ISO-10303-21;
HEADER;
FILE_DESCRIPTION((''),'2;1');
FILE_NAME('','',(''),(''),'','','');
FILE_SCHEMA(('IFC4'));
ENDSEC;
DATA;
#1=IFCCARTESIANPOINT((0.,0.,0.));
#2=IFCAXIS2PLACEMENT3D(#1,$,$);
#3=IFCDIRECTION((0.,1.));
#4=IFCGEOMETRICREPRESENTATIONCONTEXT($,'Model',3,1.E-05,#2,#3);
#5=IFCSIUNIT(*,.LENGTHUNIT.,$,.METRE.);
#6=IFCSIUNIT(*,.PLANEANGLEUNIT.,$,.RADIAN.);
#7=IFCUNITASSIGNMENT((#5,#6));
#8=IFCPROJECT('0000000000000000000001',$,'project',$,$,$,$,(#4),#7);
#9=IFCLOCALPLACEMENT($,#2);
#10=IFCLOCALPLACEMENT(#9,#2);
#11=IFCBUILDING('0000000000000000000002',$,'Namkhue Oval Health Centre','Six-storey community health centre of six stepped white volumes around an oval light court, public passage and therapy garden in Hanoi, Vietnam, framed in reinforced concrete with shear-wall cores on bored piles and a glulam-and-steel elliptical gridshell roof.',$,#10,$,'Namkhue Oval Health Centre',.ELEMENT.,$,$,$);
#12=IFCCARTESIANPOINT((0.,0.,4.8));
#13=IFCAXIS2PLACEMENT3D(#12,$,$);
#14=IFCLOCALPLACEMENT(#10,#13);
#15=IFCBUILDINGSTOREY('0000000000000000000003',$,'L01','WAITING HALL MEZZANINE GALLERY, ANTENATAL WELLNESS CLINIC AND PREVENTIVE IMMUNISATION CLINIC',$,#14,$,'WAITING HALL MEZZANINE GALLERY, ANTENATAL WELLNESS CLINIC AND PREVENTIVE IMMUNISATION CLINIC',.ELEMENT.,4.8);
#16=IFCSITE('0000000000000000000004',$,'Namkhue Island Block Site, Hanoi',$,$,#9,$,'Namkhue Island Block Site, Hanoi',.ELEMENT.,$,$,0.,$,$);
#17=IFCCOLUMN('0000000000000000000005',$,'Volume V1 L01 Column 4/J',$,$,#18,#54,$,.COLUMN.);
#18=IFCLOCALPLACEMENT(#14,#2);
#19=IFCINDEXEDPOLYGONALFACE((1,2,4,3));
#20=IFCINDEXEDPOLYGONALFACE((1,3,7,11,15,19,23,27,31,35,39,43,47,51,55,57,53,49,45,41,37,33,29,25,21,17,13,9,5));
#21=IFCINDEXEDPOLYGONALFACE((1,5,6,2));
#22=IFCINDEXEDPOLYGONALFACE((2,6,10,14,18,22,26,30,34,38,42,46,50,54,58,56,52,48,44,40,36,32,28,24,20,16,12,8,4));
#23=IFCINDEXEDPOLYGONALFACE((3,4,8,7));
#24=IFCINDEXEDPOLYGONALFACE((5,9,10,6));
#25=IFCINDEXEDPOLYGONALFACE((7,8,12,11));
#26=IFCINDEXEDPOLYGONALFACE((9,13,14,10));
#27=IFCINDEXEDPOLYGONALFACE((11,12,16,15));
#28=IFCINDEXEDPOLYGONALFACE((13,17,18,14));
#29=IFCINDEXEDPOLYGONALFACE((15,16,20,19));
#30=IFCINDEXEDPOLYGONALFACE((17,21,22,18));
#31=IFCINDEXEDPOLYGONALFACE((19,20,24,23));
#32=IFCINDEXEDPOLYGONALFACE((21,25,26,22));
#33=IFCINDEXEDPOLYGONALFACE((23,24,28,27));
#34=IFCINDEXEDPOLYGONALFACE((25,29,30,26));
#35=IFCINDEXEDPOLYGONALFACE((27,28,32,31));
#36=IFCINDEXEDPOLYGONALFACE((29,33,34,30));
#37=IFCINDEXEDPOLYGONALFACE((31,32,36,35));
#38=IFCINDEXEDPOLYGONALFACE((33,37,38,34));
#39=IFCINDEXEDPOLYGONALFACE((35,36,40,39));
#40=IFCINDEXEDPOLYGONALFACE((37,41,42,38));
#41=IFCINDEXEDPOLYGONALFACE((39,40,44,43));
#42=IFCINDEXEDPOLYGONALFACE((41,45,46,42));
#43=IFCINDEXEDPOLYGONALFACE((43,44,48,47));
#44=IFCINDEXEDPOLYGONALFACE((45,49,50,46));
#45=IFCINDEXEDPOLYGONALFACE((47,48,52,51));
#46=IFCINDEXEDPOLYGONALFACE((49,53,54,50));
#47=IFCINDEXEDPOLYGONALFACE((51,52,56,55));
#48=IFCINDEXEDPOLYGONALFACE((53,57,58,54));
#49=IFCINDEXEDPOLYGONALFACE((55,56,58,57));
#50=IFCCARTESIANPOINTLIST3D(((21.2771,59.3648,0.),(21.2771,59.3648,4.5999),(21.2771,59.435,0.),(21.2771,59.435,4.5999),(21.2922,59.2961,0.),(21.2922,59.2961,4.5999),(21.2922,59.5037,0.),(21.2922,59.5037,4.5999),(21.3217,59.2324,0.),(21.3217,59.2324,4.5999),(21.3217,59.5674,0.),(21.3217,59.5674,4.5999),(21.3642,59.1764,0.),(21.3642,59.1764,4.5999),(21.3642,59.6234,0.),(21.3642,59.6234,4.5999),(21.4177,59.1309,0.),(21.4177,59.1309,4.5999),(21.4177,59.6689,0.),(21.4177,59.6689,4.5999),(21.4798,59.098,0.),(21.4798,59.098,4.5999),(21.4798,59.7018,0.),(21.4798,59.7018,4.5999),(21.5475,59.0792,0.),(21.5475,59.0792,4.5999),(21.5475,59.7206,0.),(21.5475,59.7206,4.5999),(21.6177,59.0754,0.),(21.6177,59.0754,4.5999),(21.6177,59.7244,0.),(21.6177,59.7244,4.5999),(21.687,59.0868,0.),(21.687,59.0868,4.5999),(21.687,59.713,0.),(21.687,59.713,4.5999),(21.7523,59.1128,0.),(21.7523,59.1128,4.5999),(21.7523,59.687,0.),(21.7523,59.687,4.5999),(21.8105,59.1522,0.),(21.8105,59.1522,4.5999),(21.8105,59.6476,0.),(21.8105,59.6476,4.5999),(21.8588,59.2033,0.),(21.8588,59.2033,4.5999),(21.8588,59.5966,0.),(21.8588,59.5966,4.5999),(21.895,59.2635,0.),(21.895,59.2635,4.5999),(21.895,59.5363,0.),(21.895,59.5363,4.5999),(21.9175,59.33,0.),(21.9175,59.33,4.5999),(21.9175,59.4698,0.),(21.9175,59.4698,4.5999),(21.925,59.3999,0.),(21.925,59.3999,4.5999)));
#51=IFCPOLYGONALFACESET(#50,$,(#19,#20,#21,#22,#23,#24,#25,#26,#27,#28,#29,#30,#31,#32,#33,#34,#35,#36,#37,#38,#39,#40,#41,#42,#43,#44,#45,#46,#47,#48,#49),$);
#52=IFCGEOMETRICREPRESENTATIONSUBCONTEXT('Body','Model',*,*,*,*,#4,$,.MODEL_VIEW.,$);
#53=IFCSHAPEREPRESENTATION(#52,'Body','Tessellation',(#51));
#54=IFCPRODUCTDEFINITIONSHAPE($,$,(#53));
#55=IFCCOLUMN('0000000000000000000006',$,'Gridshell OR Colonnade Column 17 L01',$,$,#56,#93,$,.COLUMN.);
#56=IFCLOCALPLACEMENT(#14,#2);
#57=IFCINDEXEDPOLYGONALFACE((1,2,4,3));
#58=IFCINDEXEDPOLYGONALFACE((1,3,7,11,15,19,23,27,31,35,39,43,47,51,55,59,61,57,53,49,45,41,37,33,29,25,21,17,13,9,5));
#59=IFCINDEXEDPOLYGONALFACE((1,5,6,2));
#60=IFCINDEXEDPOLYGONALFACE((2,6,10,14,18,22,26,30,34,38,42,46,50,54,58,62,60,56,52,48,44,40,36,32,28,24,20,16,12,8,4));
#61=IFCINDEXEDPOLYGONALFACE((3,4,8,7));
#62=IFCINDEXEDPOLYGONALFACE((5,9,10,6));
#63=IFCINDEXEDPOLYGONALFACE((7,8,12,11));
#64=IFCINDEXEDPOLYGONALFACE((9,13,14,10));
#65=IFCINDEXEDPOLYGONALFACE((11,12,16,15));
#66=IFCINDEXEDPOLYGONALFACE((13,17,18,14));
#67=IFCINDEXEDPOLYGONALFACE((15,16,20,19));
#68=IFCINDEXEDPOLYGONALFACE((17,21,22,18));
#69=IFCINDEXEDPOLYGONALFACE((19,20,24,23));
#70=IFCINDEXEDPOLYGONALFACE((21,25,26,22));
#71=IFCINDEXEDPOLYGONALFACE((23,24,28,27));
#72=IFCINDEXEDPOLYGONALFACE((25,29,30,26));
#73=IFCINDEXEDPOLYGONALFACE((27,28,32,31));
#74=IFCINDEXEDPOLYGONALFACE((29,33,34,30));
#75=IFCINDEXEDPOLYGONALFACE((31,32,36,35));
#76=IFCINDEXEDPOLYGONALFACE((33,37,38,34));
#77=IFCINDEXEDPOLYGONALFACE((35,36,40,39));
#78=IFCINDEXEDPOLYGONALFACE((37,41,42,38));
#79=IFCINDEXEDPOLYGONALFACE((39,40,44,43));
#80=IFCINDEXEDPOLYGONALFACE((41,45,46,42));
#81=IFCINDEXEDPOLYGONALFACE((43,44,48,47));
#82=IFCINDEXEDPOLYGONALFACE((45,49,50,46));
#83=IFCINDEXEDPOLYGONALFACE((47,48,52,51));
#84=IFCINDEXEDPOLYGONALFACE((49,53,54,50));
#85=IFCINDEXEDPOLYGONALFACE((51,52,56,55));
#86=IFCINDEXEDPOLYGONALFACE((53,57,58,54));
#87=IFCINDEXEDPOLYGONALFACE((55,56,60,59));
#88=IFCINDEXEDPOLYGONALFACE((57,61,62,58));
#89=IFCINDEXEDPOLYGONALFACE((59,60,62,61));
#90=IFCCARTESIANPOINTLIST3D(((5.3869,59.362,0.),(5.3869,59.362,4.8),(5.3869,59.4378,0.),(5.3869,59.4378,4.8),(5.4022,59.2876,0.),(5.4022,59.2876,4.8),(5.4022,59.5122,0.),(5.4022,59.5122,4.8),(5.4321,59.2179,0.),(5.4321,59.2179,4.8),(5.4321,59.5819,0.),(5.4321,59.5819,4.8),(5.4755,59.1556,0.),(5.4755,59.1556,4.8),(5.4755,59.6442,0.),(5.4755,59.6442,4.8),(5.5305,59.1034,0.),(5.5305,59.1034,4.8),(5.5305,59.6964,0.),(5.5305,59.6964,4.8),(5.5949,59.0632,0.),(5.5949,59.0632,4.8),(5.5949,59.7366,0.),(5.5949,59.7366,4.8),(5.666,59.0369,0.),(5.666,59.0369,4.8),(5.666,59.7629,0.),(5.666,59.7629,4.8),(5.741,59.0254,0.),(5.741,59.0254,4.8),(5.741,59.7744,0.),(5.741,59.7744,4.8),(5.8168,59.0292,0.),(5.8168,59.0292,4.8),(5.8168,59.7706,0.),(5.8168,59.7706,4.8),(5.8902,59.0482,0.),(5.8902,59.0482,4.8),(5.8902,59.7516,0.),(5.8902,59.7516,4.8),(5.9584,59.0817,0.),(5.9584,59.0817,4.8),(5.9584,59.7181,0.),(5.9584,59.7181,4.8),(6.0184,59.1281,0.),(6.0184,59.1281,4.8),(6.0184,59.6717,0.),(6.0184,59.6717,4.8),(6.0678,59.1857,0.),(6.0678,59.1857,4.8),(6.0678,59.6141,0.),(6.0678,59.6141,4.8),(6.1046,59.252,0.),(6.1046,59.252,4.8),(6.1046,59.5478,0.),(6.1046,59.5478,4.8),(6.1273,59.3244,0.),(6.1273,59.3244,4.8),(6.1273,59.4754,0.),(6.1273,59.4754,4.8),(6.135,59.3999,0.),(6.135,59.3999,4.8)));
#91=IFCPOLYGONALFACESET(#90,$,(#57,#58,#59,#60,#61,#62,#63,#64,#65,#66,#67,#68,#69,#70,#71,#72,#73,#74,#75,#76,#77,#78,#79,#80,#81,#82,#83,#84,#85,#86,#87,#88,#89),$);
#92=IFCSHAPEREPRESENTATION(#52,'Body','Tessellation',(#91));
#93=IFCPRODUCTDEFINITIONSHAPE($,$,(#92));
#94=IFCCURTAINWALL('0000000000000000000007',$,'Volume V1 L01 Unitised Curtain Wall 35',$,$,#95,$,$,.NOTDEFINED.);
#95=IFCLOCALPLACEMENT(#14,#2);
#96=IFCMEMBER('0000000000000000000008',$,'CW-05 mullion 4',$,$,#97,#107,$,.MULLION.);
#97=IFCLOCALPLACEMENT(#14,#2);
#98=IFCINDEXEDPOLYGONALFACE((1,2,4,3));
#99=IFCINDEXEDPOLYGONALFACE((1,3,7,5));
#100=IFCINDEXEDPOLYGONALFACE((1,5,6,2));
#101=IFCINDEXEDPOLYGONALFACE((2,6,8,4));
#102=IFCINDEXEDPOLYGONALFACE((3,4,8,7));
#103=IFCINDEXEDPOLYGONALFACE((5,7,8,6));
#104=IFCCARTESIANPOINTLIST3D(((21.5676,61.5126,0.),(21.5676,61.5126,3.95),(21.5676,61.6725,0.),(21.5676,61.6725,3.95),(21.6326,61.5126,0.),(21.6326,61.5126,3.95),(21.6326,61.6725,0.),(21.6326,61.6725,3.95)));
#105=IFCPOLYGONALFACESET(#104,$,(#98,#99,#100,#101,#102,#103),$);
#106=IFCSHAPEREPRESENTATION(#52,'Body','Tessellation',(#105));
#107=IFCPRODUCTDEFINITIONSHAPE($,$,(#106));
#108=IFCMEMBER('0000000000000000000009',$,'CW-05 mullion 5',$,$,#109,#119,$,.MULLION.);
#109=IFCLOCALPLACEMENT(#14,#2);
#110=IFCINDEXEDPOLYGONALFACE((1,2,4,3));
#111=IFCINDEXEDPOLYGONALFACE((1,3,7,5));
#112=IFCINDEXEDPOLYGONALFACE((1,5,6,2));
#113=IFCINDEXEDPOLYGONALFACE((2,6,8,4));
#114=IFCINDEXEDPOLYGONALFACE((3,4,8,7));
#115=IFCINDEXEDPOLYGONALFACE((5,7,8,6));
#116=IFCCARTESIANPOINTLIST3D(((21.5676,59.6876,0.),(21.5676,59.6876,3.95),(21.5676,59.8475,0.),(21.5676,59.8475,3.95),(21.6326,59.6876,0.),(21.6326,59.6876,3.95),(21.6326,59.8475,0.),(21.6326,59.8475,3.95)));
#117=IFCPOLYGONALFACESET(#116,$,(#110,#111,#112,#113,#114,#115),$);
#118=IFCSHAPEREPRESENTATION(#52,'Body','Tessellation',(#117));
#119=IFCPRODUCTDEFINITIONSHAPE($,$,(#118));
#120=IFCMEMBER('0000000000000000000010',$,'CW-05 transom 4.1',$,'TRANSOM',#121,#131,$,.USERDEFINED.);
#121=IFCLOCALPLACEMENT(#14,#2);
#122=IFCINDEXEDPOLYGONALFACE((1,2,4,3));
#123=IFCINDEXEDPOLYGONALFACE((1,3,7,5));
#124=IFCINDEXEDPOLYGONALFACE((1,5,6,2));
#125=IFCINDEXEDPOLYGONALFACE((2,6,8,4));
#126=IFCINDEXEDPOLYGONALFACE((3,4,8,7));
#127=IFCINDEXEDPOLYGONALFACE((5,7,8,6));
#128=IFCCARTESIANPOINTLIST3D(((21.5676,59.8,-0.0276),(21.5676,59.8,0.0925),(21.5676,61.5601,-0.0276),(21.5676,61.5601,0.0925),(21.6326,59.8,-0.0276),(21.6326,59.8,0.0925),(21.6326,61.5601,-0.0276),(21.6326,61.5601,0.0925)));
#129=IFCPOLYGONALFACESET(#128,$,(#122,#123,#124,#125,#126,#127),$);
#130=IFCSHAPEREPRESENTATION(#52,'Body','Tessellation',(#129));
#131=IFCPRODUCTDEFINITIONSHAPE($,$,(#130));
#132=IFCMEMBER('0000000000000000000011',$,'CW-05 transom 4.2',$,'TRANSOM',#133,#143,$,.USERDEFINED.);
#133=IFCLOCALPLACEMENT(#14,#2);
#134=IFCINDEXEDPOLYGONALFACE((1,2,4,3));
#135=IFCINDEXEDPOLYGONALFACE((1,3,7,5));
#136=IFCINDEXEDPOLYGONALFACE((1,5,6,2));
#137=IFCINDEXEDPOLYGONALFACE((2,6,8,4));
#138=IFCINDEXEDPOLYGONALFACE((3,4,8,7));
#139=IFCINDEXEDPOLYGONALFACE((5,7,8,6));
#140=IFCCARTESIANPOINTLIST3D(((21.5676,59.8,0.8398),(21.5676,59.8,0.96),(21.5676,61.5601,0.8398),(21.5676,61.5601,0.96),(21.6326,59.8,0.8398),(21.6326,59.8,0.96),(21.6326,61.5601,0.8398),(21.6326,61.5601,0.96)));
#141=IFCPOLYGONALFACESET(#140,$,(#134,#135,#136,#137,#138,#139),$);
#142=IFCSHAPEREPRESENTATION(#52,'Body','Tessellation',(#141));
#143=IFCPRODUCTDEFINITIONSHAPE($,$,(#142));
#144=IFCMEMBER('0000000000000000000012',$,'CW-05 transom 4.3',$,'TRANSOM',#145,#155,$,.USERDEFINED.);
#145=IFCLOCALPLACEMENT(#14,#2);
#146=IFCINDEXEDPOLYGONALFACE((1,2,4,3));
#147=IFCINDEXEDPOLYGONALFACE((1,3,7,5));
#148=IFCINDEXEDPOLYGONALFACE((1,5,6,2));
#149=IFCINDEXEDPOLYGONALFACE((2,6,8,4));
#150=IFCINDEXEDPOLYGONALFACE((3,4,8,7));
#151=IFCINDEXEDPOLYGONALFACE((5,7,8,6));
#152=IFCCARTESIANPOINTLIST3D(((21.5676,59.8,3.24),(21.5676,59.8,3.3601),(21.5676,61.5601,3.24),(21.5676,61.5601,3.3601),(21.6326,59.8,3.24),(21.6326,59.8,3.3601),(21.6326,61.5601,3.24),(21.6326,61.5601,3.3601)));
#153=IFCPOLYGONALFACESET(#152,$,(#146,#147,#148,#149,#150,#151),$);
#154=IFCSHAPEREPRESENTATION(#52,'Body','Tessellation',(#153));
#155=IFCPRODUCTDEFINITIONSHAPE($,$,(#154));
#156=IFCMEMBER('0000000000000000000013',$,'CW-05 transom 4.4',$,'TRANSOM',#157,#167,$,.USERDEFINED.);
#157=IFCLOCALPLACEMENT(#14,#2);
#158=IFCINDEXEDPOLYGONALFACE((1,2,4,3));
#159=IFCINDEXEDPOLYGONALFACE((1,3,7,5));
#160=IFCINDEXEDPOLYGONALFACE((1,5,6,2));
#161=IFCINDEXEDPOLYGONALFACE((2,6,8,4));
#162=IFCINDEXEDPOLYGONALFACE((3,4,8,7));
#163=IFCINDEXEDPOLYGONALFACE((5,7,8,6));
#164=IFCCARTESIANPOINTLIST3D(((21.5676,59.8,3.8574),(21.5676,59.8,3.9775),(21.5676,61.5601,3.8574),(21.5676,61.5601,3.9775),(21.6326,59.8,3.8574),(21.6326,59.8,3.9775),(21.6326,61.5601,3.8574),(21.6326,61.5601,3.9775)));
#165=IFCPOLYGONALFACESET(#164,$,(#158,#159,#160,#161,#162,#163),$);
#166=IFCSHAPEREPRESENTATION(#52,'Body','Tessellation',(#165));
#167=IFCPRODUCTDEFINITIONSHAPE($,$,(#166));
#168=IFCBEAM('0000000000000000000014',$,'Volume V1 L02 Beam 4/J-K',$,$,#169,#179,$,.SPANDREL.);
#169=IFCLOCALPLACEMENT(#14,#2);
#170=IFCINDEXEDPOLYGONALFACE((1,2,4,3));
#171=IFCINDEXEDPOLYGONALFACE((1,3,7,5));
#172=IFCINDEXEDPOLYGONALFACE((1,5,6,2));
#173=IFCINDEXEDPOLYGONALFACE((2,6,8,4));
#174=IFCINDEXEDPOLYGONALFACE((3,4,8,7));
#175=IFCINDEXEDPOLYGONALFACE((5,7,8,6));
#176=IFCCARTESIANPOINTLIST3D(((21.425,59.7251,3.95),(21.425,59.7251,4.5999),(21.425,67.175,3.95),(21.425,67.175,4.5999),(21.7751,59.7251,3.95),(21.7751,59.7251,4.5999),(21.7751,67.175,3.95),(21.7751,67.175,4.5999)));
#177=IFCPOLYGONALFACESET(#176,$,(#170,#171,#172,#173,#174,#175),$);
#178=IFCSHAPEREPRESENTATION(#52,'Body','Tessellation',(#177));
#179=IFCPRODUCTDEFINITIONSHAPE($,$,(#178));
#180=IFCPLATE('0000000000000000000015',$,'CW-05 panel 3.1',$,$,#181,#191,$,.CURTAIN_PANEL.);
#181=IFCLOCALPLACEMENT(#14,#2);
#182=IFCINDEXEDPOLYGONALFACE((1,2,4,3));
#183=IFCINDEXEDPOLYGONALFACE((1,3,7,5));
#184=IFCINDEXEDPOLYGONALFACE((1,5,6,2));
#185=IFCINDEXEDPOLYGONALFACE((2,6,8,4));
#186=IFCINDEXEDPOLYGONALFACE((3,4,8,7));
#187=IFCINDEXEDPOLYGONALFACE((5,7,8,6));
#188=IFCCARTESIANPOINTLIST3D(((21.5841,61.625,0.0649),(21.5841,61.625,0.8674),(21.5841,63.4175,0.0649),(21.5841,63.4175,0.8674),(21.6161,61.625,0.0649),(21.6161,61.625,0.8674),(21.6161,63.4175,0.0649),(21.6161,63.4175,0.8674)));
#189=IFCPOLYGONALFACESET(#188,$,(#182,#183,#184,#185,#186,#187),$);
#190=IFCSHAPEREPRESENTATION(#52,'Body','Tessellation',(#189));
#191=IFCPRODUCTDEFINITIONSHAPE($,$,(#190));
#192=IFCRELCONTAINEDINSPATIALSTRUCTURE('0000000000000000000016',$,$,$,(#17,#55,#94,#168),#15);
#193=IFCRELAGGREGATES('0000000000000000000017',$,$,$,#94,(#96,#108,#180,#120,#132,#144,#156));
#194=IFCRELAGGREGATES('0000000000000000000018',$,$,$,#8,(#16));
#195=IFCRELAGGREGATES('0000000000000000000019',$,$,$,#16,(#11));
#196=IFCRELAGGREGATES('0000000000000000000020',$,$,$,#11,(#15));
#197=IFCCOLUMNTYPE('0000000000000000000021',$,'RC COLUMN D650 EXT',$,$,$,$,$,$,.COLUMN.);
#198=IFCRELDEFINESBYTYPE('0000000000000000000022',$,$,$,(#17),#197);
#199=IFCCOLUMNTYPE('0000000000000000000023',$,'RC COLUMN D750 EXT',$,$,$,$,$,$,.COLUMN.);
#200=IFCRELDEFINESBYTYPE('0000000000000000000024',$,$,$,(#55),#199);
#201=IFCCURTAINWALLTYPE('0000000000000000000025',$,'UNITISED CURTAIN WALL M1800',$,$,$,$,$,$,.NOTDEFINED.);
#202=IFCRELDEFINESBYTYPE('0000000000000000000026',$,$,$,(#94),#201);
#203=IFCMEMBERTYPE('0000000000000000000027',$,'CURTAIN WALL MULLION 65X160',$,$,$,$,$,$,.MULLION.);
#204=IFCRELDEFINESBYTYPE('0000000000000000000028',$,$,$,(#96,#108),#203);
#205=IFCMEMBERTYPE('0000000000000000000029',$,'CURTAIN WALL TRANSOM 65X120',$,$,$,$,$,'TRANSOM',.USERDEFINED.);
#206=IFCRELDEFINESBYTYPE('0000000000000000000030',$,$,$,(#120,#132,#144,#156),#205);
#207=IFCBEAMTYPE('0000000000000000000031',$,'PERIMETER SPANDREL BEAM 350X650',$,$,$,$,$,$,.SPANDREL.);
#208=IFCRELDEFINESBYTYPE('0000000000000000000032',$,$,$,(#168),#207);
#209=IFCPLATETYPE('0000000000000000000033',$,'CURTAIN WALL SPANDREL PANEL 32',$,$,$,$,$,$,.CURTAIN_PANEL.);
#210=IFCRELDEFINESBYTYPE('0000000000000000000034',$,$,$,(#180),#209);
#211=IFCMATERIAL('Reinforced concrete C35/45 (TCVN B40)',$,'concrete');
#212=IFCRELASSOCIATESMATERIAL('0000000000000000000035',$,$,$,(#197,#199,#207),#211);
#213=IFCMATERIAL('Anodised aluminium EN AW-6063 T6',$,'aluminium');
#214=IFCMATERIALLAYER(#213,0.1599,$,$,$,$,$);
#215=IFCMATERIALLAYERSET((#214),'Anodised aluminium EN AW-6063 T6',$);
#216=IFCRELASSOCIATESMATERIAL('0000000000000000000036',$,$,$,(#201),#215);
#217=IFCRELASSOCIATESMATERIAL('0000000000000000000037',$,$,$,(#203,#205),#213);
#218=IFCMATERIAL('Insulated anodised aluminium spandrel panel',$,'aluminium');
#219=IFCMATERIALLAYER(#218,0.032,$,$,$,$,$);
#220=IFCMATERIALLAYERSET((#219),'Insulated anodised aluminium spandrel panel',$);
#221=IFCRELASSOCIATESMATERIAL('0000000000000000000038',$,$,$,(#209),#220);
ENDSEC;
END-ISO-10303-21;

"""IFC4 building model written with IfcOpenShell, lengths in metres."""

from ifc_helpers import new_model, si_unit, direction, frame, origin, origin_2d, place, context, subcontext, project, spatial, rectangle, circle, extrude, material, layer, layer_set, material_profile, profile_set, type_object, element, aggregate, save


model = new_model("IFC4")

# Units and contexts
model_context = context("Model", 3, precision=1e-05, world=origin(), true_north=direction((0.0, 1.0)))
body_context = subcontext(model_context, "Body", "Model", "MODEL_VIEW")
ifc_project = project(units=[si_unit("LENGTHUNIT", "METRE"), si_unit("PLANEANGLEUNIT", "RADIAN")], contexts=[model_context])

# Site, building, storey
site_placement = place(None, origin())
site = spatial("IfcSite", under=ifc_project, at=site_placement, Name="Namkhue Island Block Site, Hanoi", LongName="Namkhue Island Block Site, Hanoi", CompositionType="ELEMENT", RefElevation=0.0)
building_placement = place(site_placement, origin())
building = spatial("IfcBuilding", under=site, at=building_placement, Name="Namkhue Oval Health Centre", Description="Six-storey community health centre of six stepped white volumes around an oval light court, public passage and therapy garden in Hanoi, Vietnam, framed in reinforced concrete with shear-wall cores on bored piles and a glulam-and-steel elliptical gridshell roof.", LongName="Namkhue Oval Health Centre", CompositionType="ELEMENT")
storey_placement = place(building_placement, frame((0.0, 0.0, 4.8)))
storey = spatial("IfcBuildingStorey", under=building, at=storey_placement, Name="L01", Description="WAITING HALL MEZZANINE GALLERY, ANTENATAL WELLNESS CLINIC AND PREVENTIVE IMMUNISATION CLINIC", LongName="WAITING HALL MEZZANINE GALLERY, ANTENATAL WELLNESS CLINIC AND PREVENTIVE IMMUNISATION CLINIC", CompositionType="ELEMENT", Elevation=4.8)

# Columns
ifc_material_1 = material(Name="Reinforced concrete C35/45 (TCVN B40)", Category="concrete")
ifc_material_profile_1 = material_profile(ifc_material_1, circle(Radius=0.325, at=origin_2d()), Name="RC D650")
ifc_profile_set_1 = profile_set([ifc_material_profile_1], Name="Reinforced concrete C35/45 (TCVN B40)")
column_type_1 = type_object("IfcColumnType", Name="RC COLUMN D650 EXT", PredefinedType="COLUMN", material=ifc_profile_set_1)
column_1_placement = place(storey_placement, frame((21.6001, 59.3999, 0.0), z_axis=(0.0, 0.0, 1.0), x_axis=(1.0, 0.0, 0.0)))
element("IfcColumn", 1, at=column_1_placement, inside=storey, type_object=column_type_1, Name="Volume V1 L01 Column 4/J", PredefinedType="COLUMN", context=body_context, shape_type="SweptSolid", body=[
    extrude(circle(Radius=0.325, at=origin_2d()), origin(), (0.0, 0.0, 1.0), 4.5999),
])
ifc_material_profile_2 = material_profile(ifc_material_1, circle(Radius=0.375, at=origin_2d()), Name="RC D750")
ifc_profile_set_2 = profile_set([ifc_material_profile_2], Name="Reinforced concrete C35/45 (TCVN B40)")
column_type_2 = type_object("IfcColumnType", Name="RC COLUMN D750 EXT", PredefinedType="COLUMN", material=ifc_profile_set_2)
column_2_placement = place(storey_placement, frame((5.76, 59.3999, 0.0), z_axis=(0.0, 0.0, 1.0), x_axis=(1.0, 0.0, 0.0)))
element("IfcColumn", 2, at=column_2_placement, inside=storey, type_object=column_type_2, Name="Gridshell OR Colonnade Column 17 L01", PredefinedType="COLUMN", context=body_context, shape_type="SweptSolid", body=[
    extrude(circle(Radius=0.375, at=origin_2d()), origin(), (0.0, 0.0, 1.0), 4.8),
])

# Curtain wall, members
ifc_material_2 = material(Name="Anodised aluminium EN AW-6063 T6", Category="aluminium")
ifc_layer_1 = layer(ifc_material_2, 0.1599)
ifc_layer_set_1 = layer_set([ifc_layer_1], Name="Anodised aluminium EN AW-6063 T6")
curtain_wall_type = type_object("IfcCurtainWallType", Name="UNITISED CURTAIN WALL M1800", PredefinedType="NOTDEFINED", material=ifc_layer_set_1)
curtain_wall_placement = place(storey_placement, origin())
curtain_wall = element("IfcCurtainWall", 3, at=curtain_wall_placement, inside=storey, type_object=curtain_wall_type, Name="Volume V1 L01 Unitised Curtain Wall 35", PredefinedType="NOTDEFINED")
ifc_material_profile_3 = material_profile(ifc_material_2, rectangle(XDim=0.0649, YDim=0.1599, at=origin_2d()), Name="ALU 65x160")
ifc_profile_set_3 = profile_set([ifc_material_profile_3], Name="Anodised aluminium EN AW-6063 T6")
member_type_1 = type_object("IfcMemberType", Name="CURTAIN WALL MULLION 65X160", PredefinedType="MULLION", material=ifc_profile_set_3)
member_1_placement = place(storey_placement, frame((21.6001, 61.5925, 0.0), z_axis=(0.0, 0.0, 1.0), x_axis=(1.0, 0.0, 0.0)))
member_1 = element("IfcMember", 4, at=member_1_placement, type_object=member_type_1, Name="CW-05 mullion 4", PredefinedType="MULLION", context=body_context, shape_type="SweptSolid", body=[
    extrude(rectangle(XDim=0.0649, YDim=0.1599, at=origin_2d()), origin(), (0.0, 0.0, 1.0), 3.95),
])
member_2_placement = place(storey_placement, frame((21.6001, 59.7676, 0.0), z_axis=(0.0, 0.0, 1.0), x_axis=(1.0, 0.0, 0.0)))
member_2 = element("IfcMember", 5, at=member_2_placement, type_object=member_type_1, Name="CW-05 mullion 5", PredefinedType="MULLION", context=body_context, shape_type="SweptSolid", body=[
    extrude(rectangle(XDim=0.0649, YDim=0.1599, at=origin_2d()), origin(), (0.0, 0.0, 1.0), 3.95),
])
ifc_material_profile_4 = material_profile(ifc_material_2, rectangle(XDim=0.0649, YDim=0.1201, at=origin_2d()), Name="ALU 65x120")
ifc_profile_set_4 = profile_set([ifc_material_profile_4], Name="Anodised aluminium EN AW-6063 T6")
member_type_2 = type_object("IfcMemberType", Name="CURTAIN WALL TRANSOM 65X120", ElementType="TRANSOM", PredefinedType="USERDEFINED", material=ifc_profile_set_4)
member_3_placement = place(storey_placement, frame((21.6001, 61.5601, 0.0325), z_axis=(0.0, -1.0, 0.0), x_axis=(1.0, 0.0, 0.0)))
member_3 = element("IfcMember", 6, at=member_3_placement, type_object=member_type_2, Name="CW-05 transom 4.1", ObjectType="TRANSOM", PredefinedType="USERDEFINED", context=body_context, shape_type="SweptSolid", body=[
    extrude(rectangle(XDim=0.0649, YDim=0.1201, at=origin_2d()), origin(), (0.0, 0.0, 1.0), 1.76),
])
member_4_placement = place(storey_placement, frame((21.6001, 61.5601, 0.8999), z_axis=(0.0, -1.0, 0.0), x_axis=(1.0, 0.0, 0.0)))
member_4 = element("IfcMember", 7, at=member_4_placement, type_object=member_type_2, Name="CW-05 transom 4.2", ObjectType="TRANSOM", PredefinedType="USERDEFINED", context=body_context, shape_type="SweptSolid", body=[
    extrude(rectangle(XDim=0.0649, YDim=0.1201, at=origin_2d()), origin(), (0.0, 0.0, 1.0), 1.76),
])
member_5_placement = place(storey_placement, frame((21.6001, 61.5601, 3.3), z_axis=(0.0, -1.0, 0.0), x_axis=(1.0, 0.0, 0.0)))
member_5 = element("IfcMember", 8, at=member_5_placement, type_object=member_type_2, Name="CW-05 transom 4.3", ObjectType="TRANSOM", PredefinedType="USERDEFINED", context=body_context, shape_type="SweptSolid", body=[
    extrude(rectangle(XDim=0.0649, YDim=0.1201, at=origin_2d()), origin(), (0.0, 0.0, 1.0), 1.76),
])
member_6_placement = place(storey_placement, frame((21.6001, 61.5601, 3.9175), z_axis=(0.0, -1.0, 0.0), x_axis=(1.0, 0.0, 0.0)))
member_6 = element("IfcMember", 9, at=member_6_placement, type_object=member_type_2, Name="CW-05 transom 4.4", ObjectType="TRANSOM", PredefinedType="USERDEFINED", context=body_context, shape_type="SweptSolid", body=[
    extrude(rectangle(XDim=0.0649, YDim=0.1201, at=origin_2d()), origin(), (0.0, 0.0, 1.0), 1.76),
])

# Beam
ifc_material_profile_5 = material_profile(ifc_material_1, rectangle(XDim=0.3501, YDim=0.6499, at=origin_2d()), Name="RC 350x650")
ifc_profile_set_5 = profile_set([ifc_material_profile_5], Name="Reinforced concrete C35/45 (TCVN B40)")
beam_type = type_object("IfcBeamType", Name="PERIMETER SPANDREL BEAM 350X650", PredefinedType="SPANDREL", material=ifc_profile_set_5)
beam_placement = place(storey_placement, frame((21.6001, 59.7251, 4.2749), z_axis=(0.0, 1.0, 0.0), x_axis=(-1.0, 0.0, 0.0)))
element("IfcBeam", 10, at=beam_placement, inside=storey, type_object=beam_type, Name="Volume V1 L02 Beam 4/J-K", PredefinedType="SPANDREL", context=body_context, shape_type="SweptSolid", body=[
    extrude(rectangle(XDim=0.3501, YDim=0.6499, at=origin_2d()), origin(), (0.0, 0.0, 1.0), 7.45),
])

# Plate
ifc_material_3 = material(Name="Insulated anodised aluminium spandrel panel", Category="aluminium")
ifc_layer_2 = layer(ifc_material_3, 0.032)
ifc_layer_set_2 = layer_set([ifc_layer_2], Name="Insulated anodised aluminium spandrel panel")
plate_type = type_object("IfcPlateType", Name="CURTAIN WALL SPANDREL PANEL 32", PredefinedType="CURTAIN_PANEL", material=ifc_layer_set_2)
plate_1_placement = place(storey_placement, frame((21.6001, 62.5212, 0.0649), z_axis=(0.0, 0.0, 1.0), x_axis=(0.0, -1.0, 0.0)))
plate_1 = element("IfcPlate", 11, at=plate_1_placement, type_object=plate_type, Name="CW-05 panel 3.1", PredefinedType="CURTAIN_PANEL", context=body_context, shape_type="SweptSolid", body=[
    extrude(rectangle(XDim=1.7925, YDim=0.032, at=origin_2d()), origin(), (0.0, 0.0, 1.0), 0.8025),
])
aggregate(curtain_wall, [member_1, member_2, plate_1, member_3, member_4, member_5, member_6])

save(model, "model.ifc")
